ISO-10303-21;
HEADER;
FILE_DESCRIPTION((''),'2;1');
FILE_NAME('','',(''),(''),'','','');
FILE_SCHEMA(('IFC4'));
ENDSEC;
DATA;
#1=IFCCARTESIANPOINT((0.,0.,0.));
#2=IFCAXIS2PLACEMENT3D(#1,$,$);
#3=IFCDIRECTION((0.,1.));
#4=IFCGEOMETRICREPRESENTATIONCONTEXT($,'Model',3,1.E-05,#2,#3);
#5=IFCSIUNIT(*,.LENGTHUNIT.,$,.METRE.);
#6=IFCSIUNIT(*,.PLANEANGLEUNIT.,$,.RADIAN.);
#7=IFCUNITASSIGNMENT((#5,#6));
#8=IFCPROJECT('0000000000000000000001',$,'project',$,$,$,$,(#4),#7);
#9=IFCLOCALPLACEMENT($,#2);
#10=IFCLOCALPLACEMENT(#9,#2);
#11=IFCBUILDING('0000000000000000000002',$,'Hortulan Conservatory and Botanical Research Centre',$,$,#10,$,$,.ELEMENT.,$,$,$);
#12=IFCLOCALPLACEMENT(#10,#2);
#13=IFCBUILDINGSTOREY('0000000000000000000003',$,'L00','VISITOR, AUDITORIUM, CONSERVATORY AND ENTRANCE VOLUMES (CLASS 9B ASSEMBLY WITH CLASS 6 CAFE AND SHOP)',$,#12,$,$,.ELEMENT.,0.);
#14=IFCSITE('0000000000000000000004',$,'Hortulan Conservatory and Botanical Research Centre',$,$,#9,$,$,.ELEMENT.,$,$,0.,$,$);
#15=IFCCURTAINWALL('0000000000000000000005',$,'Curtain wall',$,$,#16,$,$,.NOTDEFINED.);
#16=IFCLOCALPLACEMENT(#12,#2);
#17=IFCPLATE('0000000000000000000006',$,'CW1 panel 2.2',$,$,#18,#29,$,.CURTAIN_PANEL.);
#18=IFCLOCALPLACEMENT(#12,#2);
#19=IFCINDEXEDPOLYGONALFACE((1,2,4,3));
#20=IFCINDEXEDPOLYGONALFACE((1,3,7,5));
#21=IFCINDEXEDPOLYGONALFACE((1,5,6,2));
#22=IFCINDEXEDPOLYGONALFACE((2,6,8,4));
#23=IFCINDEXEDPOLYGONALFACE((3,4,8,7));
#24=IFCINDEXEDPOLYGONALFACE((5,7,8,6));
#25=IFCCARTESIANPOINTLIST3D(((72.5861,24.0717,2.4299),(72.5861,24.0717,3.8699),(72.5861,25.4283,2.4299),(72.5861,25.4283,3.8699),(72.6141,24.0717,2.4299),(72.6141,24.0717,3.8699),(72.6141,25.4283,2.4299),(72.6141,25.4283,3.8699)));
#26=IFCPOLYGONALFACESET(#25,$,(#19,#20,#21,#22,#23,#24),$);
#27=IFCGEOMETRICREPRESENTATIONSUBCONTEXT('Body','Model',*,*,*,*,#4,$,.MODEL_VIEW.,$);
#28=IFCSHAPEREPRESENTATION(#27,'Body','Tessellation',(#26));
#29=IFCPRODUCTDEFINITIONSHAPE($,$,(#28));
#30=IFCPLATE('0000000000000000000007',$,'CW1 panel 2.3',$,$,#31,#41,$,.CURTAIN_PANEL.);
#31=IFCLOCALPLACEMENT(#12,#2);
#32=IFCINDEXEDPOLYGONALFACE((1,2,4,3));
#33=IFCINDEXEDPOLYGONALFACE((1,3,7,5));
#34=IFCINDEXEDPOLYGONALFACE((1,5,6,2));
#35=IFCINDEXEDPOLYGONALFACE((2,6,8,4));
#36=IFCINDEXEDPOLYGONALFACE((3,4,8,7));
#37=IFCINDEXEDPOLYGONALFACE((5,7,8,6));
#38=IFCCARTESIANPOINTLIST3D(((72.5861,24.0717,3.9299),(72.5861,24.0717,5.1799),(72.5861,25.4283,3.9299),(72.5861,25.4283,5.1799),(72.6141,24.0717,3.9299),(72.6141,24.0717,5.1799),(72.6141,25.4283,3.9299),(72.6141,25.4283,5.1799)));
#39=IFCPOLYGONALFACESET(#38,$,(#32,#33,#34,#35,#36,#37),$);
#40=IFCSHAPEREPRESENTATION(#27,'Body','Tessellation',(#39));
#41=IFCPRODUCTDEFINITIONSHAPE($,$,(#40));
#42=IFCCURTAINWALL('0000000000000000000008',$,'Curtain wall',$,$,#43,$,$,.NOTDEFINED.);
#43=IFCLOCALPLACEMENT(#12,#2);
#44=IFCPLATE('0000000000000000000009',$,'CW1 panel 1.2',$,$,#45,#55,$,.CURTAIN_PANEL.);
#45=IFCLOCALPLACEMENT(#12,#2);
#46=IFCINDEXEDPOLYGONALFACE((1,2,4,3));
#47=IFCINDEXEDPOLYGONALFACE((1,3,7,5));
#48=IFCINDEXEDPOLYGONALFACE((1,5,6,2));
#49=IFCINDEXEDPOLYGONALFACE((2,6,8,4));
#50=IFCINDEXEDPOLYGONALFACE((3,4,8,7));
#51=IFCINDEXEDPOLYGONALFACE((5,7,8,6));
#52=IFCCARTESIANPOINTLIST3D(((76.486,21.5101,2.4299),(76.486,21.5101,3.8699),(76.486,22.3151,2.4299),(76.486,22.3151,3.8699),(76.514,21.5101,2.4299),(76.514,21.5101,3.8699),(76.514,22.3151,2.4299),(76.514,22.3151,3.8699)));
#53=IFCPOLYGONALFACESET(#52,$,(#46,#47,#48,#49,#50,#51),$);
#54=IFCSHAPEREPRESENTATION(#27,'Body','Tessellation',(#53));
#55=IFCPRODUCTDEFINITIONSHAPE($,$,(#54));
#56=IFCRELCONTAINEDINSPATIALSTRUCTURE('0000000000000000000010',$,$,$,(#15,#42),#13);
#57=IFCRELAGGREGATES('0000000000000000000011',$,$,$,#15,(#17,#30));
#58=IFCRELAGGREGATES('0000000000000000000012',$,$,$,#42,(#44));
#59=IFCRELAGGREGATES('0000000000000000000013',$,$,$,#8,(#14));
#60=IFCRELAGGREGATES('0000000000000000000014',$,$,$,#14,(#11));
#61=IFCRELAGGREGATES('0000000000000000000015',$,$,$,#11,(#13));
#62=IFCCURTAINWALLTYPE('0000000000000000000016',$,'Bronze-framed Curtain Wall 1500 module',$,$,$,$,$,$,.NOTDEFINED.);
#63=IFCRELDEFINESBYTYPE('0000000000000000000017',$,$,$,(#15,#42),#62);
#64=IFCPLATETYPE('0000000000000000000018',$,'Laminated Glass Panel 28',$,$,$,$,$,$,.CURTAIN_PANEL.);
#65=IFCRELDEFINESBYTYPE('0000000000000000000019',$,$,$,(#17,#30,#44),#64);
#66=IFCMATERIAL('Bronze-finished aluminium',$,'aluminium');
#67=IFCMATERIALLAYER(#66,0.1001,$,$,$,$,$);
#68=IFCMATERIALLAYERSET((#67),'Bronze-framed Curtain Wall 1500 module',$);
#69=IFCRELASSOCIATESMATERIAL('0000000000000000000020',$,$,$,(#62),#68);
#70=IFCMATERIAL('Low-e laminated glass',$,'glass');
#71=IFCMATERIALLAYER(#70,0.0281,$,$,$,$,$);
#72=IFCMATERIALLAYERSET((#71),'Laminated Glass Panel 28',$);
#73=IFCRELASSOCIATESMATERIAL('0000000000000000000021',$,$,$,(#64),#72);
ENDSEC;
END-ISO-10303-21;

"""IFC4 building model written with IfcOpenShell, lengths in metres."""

from ifc_helpers import new_model, si_unit, direction, frame, origin, origin_2d, place, context, subcontext, project, spatial, rectangle, extrude, material, layer, layer_set, type_object, element, aggregate, save


model = new_model("IFC4")

# Units and contexts
model_context = context("Model", 3, precision=1e-05, world=origin(), true_north=direction((0.0, 1.0)))
body_context = subcontext(model_context, "Body", "Model", "MODEL_VIEW")
ifc_project = project(units=[si_unit("LENGTHUNIT", "METRE"), si_unit("PLANEANGLEUNIT", "RADIAN")], contexts=[model_context])

# Site, building, storey
site_placement = place(None, origin())
site = spatial("IfcSite", under=ifc_project, at=site_placement, Name="Hortulan Conservatory and Botanical Research Centre", CompositionType="ELEMENT", RefElevation=0.0)
building_placement = place(site_placement, origin())
building = spatial("IfcBuilding", under=site, at=building_placement, Name="Hortulan Conservatory and Botanical Research Centre", CompositionType="ELEMENT")
storey_placement = place(building_placement, origin())
storey = spatial("IfcBuildingStorey", under=building, at=storey_placement, Name="L00", Description="VISITOR, AUDITORIUM, CONSERVATORY AND ENTRANCE VOLUMES (CLASS 9B ASSEMBLY WITH CLASS 6 CAFE AND SHOP)", CompositionType="ELEMENT", Elevation=0.0)

# Curtain wall
ifc_material_1 = material(Name="Bronze-finished aluminium", Category="aluminium")
ifc_layer_1 = layer(ifc_material_1, 0.1001)
ifc_layer_set_1 = layer_set([ifc_layer_1], Name="Bronze-framed Curtain Wall 1500 module")
curtain_wall_type = type_object("IfcCurtainWallType", Name="Bronze-framed Curtain Wall 1500 module", PredefinedType="NOTDEFINED", material=ifc_layer_set_1)
curtain_wall_1_placement = place(storey_placement, origin())
curtain_wall_1 = element("IfcCurtainWall", 1, at=curtain_wall_1_placement, inside=storey, type_object=curtain_wall_type, Name="Curtain wall", PredefinedType="NOTDEFINED")

# Plates
ifc_material_2 = material(Name="Low-e laminated glass", Category="glass")
ifc_layer_2 = layer(ifc_material_2, 0.0281)
ifc_layer_set_2 = layer_set([ifc_layer_2], Name="Laminated Glass Panel 28")
plate_type_1 = type_object("IfcPlateType", Name="Laminated Glass Panel 28", PredefinedType="CURTAIN_PANEL", material=ifc_layer_set_2)
plate_1_placement = place(storey_placement, frame((72.6001, 24.75, 2.4299), z_axis=(0.0, 0.0, 1.0), x_axis=(0.0, 1.0, 0.0)))
plate_1 = element("IfcPlate", 2, at=plate_1_placement, type_object=plate_type_1, Name="CW1 panel 2.2", PredefinedType="CURTAIN_PANEL", context=body_context, shape_type="SweptSolid", body=[
    extrude(rectangle(XDim=1.3567, YDim=0.0281, at=origin_2d()), origin(), (0.0, 0.0, 1.0), 1.4399),
])
plate_2_placement = place(storey_placement, frame((72.6001, 24.75, 3.9299), z_axis=(0.0, 0.0, 1.0), x_axis=(0.0, 1.0, 0.0)))
plate_2 = element("IfcPlate", 3, at=plate_2_placement, type_object=plate_type_1, Name="CW1 panel 2.3", PredefinedType="CURTAIN_PANEL", context=body_context, shape_type="SweptSolid", body=[
    extrude(rectangle(XDim=1.3567, YDim=0.0281, at=origin_2d()), origin(), (0.0, 0.0, 1.0), 1.25),
])
aggregate(curtain_wall_1, [plate_1, plate_2])

# Curtain wall, plate
curtain_wall_2_placement = place(storey_placement, origin())
curtain_wall_2 = element("IfcCurtainWall", 4, at=curtain_wall_2_placement, inside=storey, type_object=curtain_wall_type, Name="Curtain wall", PredefinedType="NOTDEFINED")
plate_3_placement = place(storey_placement, frame((76.5, 21.9126, 2.4299), z_axis=(0.0, 0.0, 1.0), x_axis=(0.0, -1.0, 0.0)))
plate_3 = element("IfcPlate", 5, at=plate_3_placement, type_object=plate_type_1, Name="CW1 panel 1.2", PredefinedType="CURTAIN_PANEL", context=body_context, shape_type="SweptSolid", body=[
    extrude(rectangle(XDim=0.8049, YDim=0.0281, at=origin_2d()), origin(), (0.0, 0.0, 1.0), 1.4399),
])
aggregate(curtain_wall_2, [plate_3])

save(model, "model.ifc")
